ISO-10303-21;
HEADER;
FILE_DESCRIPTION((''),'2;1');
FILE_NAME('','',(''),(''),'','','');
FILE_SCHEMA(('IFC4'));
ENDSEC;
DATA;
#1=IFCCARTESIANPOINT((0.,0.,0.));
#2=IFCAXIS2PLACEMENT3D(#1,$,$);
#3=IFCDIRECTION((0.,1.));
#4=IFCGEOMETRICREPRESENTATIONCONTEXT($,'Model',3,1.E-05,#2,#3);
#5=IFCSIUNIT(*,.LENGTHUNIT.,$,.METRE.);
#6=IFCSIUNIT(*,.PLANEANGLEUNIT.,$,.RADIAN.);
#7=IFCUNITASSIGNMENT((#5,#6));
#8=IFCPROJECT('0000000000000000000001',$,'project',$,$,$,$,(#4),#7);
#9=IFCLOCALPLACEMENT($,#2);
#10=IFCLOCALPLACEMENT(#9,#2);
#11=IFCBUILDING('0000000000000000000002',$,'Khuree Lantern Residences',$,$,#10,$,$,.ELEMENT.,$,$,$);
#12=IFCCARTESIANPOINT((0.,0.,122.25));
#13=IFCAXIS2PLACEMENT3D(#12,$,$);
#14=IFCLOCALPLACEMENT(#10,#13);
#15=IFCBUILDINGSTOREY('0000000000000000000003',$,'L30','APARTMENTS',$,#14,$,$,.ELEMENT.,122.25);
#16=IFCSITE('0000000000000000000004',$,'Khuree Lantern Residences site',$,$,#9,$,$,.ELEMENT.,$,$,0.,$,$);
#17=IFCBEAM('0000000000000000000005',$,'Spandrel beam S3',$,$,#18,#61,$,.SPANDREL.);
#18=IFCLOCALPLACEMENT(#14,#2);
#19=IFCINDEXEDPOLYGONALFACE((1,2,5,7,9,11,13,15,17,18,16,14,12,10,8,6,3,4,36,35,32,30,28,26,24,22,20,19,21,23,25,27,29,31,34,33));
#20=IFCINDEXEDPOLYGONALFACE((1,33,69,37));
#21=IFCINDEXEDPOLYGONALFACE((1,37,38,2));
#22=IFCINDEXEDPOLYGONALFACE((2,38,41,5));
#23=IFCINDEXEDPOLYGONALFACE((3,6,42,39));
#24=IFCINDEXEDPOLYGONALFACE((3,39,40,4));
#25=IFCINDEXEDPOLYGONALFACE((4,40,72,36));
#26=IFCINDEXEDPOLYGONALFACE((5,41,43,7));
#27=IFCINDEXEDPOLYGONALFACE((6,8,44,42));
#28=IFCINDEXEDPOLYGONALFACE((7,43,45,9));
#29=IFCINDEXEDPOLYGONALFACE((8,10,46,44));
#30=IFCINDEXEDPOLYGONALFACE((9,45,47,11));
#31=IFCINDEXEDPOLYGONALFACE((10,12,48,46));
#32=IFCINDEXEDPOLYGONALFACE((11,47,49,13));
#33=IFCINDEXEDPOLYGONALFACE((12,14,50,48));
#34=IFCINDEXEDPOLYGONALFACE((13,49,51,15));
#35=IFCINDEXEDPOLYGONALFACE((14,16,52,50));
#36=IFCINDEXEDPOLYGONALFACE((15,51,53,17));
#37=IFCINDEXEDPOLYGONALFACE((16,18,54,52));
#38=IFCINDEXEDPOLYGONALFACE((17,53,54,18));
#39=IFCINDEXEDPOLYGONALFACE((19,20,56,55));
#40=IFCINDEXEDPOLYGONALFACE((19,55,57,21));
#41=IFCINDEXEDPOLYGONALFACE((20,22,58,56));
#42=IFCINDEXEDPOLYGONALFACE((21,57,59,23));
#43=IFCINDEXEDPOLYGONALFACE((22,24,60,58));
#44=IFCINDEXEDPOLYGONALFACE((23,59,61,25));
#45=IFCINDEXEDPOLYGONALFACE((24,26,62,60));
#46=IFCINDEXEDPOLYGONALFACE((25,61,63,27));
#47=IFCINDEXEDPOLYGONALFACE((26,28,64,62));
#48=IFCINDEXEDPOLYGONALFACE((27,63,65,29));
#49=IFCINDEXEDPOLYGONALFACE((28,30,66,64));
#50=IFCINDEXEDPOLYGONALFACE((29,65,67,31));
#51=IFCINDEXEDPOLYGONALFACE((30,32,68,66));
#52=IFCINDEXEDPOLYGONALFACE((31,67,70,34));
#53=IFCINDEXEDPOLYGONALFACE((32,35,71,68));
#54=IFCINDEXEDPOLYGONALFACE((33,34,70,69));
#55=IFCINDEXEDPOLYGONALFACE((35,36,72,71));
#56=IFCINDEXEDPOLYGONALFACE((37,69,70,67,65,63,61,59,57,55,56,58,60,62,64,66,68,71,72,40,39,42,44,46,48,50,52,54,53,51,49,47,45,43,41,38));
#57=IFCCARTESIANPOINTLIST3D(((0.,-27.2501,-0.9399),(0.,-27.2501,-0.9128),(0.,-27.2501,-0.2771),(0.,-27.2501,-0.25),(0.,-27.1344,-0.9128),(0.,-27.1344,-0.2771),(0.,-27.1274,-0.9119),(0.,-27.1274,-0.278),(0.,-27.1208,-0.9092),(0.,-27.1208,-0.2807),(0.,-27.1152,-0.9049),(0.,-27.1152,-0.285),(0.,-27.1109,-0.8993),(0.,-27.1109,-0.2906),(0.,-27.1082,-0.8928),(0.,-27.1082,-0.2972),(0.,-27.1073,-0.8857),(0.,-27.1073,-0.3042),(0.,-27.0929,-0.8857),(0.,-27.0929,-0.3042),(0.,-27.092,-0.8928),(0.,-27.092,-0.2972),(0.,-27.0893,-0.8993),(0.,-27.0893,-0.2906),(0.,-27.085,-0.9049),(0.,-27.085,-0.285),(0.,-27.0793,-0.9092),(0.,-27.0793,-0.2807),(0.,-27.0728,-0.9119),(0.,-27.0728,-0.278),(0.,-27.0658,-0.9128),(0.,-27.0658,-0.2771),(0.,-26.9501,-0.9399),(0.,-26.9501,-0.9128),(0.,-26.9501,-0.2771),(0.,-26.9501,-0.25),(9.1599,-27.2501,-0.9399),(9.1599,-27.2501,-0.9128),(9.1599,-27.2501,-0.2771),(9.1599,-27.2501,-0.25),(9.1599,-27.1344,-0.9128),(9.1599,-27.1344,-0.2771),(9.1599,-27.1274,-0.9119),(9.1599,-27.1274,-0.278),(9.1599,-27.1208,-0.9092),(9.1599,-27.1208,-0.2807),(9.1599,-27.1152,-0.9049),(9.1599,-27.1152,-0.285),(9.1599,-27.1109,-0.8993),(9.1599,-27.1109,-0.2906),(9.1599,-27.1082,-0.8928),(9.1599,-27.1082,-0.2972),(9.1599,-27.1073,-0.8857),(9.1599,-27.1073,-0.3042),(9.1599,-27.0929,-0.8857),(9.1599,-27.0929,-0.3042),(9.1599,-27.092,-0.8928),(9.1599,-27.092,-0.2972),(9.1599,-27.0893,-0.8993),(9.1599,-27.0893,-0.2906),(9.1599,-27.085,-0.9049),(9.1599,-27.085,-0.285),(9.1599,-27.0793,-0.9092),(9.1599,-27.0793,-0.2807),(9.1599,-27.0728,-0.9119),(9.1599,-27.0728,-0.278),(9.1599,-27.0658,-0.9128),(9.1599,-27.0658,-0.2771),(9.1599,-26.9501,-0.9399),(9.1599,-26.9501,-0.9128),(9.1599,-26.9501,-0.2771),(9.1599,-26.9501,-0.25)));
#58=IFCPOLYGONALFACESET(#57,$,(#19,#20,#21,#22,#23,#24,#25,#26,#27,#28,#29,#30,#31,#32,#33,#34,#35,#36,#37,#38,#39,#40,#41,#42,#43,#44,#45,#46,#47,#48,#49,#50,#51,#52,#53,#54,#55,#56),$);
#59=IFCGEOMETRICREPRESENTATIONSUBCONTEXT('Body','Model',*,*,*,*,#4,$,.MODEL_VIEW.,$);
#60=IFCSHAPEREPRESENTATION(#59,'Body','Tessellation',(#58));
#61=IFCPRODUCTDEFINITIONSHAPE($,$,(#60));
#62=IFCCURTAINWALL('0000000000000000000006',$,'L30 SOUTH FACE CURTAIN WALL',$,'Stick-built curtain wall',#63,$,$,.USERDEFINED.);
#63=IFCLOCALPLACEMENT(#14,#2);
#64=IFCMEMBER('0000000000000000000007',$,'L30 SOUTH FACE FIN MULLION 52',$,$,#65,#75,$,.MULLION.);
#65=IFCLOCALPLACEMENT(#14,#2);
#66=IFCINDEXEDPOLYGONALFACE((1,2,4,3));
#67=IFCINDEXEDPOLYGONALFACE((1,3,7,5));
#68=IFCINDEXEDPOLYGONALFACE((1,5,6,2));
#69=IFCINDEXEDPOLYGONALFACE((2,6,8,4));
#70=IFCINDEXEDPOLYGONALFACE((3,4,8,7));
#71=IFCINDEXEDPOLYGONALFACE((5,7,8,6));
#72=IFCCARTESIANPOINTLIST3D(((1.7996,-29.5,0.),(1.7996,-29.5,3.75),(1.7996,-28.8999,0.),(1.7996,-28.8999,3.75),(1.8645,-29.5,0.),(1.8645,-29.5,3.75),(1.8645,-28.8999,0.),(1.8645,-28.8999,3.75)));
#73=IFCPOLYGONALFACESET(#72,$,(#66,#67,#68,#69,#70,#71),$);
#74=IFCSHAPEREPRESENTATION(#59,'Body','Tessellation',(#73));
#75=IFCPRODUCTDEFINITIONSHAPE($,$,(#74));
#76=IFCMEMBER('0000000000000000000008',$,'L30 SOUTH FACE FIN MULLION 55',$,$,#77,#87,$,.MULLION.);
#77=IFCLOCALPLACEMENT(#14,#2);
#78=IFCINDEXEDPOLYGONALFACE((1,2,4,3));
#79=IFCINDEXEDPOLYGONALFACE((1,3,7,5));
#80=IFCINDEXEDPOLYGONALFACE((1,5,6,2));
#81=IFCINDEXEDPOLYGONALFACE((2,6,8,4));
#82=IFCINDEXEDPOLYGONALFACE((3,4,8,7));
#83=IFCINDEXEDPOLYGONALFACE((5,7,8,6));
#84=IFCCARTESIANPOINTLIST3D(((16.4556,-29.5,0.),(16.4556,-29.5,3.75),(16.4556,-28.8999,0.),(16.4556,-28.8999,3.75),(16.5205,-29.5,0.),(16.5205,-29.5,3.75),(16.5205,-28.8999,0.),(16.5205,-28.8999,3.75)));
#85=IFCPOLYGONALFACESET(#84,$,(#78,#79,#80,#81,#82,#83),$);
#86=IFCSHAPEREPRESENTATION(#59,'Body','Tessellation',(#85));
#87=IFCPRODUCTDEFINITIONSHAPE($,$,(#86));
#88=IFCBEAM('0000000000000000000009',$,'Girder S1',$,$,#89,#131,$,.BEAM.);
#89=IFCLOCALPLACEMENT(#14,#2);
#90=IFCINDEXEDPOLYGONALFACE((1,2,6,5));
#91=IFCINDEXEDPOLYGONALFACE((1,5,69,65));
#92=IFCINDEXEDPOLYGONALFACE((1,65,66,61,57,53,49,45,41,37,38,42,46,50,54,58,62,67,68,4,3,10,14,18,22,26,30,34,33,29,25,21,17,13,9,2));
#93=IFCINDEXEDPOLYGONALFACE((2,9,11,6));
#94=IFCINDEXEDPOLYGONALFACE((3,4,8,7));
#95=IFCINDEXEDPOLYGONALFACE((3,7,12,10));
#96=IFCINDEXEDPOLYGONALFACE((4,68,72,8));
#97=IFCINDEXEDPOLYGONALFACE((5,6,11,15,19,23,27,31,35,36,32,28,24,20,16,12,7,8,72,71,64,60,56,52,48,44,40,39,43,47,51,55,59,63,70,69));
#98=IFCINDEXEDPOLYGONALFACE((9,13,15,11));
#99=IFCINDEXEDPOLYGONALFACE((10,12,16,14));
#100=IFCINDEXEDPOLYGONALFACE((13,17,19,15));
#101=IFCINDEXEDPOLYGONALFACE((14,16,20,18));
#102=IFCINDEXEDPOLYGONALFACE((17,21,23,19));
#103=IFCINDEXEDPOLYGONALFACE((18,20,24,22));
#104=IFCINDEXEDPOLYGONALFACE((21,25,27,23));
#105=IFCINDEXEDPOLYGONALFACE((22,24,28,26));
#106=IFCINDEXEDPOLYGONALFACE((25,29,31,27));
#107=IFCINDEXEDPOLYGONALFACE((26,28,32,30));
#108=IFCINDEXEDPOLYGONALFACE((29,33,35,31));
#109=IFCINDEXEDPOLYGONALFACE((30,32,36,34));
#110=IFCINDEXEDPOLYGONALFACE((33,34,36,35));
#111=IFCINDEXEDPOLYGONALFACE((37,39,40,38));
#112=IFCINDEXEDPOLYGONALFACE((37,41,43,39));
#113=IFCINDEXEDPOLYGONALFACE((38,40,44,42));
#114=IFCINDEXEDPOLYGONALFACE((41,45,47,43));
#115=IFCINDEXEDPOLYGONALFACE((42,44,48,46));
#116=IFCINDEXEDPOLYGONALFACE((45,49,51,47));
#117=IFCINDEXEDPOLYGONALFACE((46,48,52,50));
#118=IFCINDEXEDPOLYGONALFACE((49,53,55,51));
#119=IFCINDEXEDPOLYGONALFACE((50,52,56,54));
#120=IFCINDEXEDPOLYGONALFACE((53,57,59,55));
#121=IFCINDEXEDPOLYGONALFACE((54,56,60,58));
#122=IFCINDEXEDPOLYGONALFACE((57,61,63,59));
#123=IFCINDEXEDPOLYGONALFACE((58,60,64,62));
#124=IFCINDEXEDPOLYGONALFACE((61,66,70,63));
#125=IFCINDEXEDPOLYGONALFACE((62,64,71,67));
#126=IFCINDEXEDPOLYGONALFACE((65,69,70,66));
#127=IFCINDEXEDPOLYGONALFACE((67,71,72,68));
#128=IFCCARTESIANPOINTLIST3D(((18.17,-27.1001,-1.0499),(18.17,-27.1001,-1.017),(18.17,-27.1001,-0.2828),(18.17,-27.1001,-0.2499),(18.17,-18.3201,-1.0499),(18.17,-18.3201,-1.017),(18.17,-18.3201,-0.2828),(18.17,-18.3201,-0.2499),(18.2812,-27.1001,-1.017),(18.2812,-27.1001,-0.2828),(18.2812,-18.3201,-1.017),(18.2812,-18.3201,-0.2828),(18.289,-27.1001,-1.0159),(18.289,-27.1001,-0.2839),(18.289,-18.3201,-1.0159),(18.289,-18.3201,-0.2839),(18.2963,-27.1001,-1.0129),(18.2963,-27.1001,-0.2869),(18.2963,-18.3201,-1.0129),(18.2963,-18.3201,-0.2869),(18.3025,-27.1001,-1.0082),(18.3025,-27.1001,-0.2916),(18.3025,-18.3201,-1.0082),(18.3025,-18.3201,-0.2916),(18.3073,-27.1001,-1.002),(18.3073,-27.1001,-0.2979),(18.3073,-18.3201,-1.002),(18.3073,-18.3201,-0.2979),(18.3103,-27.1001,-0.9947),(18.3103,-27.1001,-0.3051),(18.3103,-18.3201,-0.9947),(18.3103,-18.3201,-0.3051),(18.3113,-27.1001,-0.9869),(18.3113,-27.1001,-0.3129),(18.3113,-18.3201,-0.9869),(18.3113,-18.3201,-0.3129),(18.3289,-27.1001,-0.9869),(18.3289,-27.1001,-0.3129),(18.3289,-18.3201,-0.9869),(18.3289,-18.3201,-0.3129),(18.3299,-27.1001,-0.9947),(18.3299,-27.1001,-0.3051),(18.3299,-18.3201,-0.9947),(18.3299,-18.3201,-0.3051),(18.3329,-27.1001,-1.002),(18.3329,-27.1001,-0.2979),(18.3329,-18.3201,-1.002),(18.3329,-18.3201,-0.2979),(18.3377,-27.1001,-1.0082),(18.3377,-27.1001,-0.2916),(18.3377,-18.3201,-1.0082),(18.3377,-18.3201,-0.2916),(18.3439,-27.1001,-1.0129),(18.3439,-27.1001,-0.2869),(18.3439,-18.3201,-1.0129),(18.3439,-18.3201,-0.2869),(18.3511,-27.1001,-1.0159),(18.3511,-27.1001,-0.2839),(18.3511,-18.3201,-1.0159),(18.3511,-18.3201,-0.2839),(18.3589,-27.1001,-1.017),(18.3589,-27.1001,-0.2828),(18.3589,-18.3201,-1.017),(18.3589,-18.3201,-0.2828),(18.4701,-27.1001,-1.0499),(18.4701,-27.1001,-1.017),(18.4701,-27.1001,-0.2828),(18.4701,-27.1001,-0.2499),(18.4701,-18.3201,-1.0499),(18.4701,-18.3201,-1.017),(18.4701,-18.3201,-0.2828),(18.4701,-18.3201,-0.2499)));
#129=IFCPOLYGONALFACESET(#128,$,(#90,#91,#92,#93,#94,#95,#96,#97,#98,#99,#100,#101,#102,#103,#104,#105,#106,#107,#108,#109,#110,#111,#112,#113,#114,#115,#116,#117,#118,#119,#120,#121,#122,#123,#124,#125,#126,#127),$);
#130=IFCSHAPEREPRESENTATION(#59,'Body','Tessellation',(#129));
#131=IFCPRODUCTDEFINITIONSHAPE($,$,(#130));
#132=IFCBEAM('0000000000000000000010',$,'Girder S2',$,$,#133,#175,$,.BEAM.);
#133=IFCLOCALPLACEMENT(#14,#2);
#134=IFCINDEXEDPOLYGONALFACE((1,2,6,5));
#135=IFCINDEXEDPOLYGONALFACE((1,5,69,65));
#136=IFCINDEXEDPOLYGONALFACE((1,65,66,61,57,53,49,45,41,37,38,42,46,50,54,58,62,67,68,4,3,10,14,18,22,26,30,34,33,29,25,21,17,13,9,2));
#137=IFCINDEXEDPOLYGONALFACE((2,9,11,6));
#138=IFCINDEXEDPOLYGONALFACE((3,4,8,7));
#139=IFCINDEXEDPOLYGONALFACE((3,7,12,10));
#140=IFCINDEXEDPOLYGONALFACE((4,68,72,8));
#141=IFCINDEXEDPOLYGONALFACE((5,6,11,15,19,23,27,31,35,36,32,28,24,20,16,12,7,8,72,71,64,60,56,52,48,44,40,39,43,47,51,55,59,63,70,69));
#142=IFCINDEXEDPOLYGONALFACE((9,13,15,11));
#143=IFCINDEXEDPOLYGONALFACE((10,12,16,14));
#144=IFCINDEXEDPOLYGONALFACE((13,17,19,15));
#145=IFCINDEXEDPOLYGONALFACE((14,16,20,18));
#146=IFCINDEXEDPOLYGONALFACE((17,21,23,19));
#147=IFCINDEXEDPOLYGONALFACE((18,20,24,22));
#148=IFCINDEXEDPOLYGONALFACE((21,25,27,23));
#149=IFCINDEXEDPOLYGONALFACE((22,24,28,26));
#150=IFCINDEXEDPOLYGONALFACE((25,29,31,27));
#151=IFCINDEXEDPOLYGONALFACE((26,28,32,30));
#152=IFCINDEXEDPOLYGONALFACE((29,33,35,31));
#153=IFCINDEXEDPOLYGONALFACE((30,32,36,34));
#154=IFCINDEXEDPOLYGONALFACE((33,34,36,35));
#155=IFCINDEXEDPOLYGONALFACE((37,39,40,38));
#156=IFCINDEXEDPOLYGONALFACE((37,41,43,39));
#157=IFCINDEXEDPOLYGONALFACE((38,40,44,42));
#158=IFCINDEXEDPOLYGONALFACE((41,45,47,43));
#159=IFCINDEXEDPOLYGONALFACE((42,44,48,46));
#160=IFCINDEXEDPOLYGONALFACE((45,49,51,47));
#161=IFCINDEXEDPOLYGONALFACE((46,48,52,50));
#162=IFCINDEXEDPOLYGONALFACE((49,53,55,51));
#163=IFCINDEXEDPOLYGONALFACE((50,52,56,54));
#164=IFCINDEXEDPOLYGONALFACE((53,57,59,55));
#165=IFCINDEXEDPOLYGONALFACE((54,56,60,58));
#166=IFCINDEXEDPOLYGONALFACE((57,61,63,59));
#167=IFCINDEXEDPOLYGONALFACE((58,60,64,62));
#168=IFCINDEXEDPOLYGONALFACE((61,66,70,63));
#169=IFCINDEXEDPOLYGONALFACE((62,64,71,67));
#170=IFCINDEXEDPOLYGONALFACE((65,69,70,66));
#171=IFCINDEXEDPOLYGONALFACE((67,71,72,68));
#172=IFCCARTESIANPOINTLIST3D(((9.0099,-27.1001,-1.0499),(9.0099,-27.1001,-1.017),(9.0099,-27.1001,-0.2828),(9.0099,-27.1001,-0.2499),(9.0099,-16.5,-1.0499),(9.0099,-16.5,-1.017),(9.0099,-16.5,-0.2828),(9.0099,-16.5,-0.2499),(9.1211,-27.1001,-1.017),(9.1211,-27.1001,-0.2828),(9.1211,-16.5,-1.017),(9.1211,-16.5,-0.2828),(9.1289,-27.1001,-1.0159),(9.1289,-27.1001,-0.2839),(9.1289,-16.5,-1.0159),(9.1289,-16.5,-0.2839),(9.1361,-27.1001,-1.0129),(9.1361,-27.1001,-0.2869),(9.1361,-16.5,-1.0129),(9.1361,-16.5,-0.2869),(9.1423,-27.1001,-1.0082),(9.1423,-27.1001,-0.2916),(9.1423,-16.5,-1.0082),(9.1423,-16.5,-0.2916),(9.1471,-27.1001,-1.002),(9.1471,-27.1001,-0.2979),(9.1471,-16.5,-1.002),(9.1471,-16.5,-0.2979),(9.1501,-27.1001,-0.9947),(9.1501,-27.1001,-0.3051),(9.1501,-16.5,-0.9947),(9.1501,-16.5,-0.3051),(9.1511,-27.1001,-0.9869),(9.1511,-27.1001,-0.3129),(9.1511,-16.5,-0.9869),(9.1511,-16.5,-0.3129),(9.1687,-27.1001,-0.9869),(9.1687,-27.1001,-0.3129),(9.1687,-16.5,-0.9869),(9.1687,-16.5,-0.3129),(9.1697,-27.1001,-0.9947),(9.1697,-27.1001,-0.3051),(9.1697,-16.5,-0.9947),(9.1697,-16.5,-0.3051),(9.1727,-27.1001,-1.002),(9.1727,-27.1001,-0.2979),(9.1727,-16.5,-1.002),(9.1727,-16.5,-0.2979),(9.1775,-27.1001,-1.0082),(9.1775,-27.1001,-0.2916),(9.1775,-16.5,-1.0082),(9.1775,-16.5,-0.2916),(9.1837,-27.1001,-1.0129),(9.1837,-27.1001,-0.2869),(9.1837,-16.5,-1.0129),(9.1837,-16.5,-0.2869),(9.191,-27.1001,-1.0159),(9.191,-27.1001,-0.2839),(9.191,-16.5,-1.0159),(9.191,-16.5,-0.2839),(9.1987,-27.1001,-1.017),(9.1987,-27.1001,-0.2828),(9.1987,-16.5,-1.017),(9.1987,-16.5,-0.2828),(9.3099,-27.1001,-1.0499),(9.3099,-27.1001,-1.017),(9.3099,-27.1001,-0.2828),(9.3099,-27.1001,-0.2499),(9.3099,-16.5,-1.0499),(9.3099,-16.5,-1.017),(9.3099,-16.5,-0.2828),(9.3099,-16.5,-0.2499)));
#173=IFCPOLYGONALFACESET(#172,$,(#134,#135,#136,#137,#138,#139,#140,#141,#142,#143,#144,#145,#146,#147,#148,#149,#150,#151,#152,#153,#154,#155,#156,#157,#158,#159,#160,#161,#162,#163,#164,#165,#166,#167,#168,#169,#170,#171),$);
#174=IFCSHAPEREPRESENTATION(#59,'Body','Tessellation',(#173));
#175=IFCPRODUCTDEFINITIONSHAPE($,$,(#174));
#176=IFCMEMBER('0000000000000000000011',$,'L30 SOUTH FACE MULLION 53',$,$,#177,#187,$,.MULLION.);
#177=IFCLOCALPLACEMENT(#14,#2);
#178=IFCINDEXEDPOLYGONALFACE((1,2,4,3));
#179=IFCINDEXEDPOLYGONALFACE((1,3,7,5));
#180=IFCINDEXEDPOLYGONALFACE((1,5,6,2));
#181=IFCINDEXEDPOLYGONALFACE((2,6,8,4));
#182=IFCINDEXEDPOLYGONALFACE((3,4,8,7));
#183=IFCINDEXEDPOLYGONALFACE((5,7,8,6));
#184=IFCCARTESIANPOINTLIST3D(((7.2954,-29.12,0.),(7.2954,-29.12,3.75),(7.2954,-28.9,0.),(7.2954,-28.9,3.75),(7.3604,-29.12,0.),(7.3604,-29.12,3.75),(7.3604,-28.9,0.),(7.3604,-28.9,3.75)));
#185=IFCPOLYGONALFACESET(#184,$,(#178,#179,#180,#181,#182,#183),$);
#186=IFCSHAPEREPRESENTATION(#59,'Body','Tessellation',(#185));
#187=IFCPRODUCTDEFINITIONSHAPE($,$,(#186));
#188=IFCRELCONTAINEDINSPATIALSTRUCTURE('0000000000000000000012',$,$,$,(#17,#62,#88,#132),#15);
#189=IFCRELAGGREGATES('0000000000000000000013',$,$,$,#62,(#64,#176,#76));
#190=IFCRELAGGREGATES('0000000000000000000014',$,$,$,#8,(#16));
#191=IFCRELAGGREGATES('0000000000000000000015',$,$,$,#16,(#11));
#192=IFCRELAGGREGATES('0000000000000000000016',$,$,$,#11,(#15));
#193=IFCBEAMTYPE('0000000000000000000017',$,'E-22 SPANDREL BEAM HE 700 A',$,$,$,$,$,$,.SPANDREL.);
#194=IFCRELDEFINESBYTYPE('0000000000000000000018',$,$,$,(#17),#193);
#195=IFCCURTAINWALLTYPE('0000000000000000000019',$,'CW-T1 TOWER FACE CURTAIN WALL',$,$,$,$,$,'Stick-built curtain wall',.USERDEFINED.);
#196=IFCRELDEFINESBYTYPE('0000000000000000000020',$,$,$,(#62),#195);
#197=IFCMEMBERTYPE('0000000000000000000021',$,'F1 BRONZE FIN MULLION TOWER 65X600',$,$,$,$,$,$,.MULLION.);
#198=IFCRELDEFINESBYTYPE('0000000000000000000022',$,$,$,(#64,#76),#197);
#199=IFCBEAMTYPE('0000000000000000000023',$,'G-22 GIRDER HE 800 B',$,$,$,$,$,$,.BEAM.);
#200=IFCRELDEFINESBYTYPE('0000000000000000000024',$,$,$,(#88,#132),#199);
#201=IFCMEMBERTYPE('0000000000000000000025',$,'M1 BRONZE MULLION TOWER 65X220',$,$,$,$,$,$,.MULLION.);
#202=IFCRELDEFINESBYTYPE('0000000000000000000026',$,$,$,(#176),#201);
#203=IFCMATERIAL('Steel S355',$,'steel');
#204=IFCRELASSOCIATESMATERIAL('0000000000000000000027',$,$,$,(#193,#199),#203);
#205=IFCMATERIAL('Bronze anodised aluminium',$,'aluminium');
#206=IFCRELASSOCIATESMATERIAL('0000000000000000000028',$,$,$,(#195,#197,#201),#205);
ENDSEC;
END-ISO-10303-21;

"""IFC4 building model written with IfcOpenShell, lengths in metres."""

from ifc_helpers import new_model, si_unit, direction, frame, origin, origin_2d, place, context, subcontext, project, spatial, rectangle, i_section, extrude, material, material_profile, profile_set, type_object, element, aggregate, save


model = new_model("IFC4")

# Units and contexts
model_context = context("Model", 3, precision=1e-05, world=origin(), true_north=direction((0.0, 1.0)))
body_context = subcontext(model_context, "Body", "Model", "MODEL_VIEW")
ifc_project = project(units=[si_unit("LENGTHUNIT", "METRE"), si_unit("PLANEANGLEUNIT", "RADIAN")], contexts=[model_context])

# Site, building, storey
site_placement = place(None, origin())
site = spatial("IfcSite", under=ifc_project, at=site_placement, Name="Khuree Lantern Residences site", CompositionType="ELEMENT", RefElevation=0.0)
building_placement = place(site_placement, origin())
building = spatial("IfcBuilding", under=site, at=building_placement, Name="Khuree Lantern Residences", CompositionType="ELEMENT")
storey_placement = place(building_placement, frame((0.0, 0.0, 122.25)))
storey = spatial("IfcBuildingStorey", under=building, at=storey_placement, Name="L30", Description="APARTMENTS", CompositionType="ELEMENT", Elevation=122.25)

# Beam
ifc_material_1 = material(Name="Steel S355", Category="steel")
ifc_material_profile_1 = material_profile(ifc_material_1, i_section(OverallWidth=0.3, OverallDepth=0.6899, WebThickness=0.0144, FlangeThickness=0.0271, FilletRadius=0.0271, at=origin_2d()), Name="HE 700 A")
ifc_profile_set_1 = profile_set([ifc_material_profile_1], Name="Steel S355")
beam_type_1 = type_object("IfcBeamType", Name="E-22 SPANDREL BEAM HE 700 A", PredefinedType="SPANDREL", material=ifc_profile_set_1)
beam_1_placement = place(storey_placement, frame((9.1599, -27.1001, -0.595), z_axis=(-1.0, 0.0, 0.0), x_axis=(0.0, -1.0, 0.0)))
element("IfcBeam", 1, at=beam_1_placement, inside=storey, type_object=beam_type_1, Name="Spandrel beam S3", PredefinedType="SPANDREL", context=body_context, shape_type="SweptSolid", body=[
    extrude(i_section(OverallWidth=0.3, OverallDepth=0.6899, WebThickness=0.0144, FlangeThickness=0.0271, FilletRadius=0.0271, at=origin_2d()), origin(), (0.0, 0.0, 1.0), 9.1599),
])

# Curtain wall, members
ifc_material_2 = material(Name="Bronze anodised aluminium", Category="aluminium")
curtain_wall_type = type_object("IfcCurtainWallType", Name="CW-T1 TOWER FACE CURTAIN WALL", ElementType="Stick-built curtain wall", PredefinedType="USERDEFINED", material=ifc_material_2)
curtain_wall_placement = place(storey_placement, origin())
curtain_wall = element("IfcCurtainWall", 2, at=curtain_wall_placement, inside=storey, type_object=curtain_wall_type, Name="L30 SOUTH FACE CURTAIN WALL", ObjectType="Stick-built curtain wall", PredefinedType="USERDEFINED")
ifc_material_profile_2 = material_profile(ifc_material_2, rectangle(XDim=0.0649, YDim=0.6001, at=origin_2d()), Name="F1 65X600")
ifc_profile_set_2 = profile_set([ifc_material_profile_2], Name="Bronze anodised aluminium")
member_type_1 = type_object("IfcMemberType", Name="F1 BRONZE FIN MULLION TOWER 65X600", PredefinedType="MULLION", material=ifc_profile_set_2)
member_1_placement = place(storey_placement, frame((1.832, -29.2, 0.0), z_axis=(0.0, 0.0, 1.0), x_axis=(1.0, 0.0, 0.0)))
member_1 = element("IfcMember", 3, at=member_1_placement, type_object=member_type_1, Name="L30 SOUTH FACE FIN MULLION 52", PredefinedType="MULLION", context=body_context, shape_type="SweptSolid", body=[
    extrude(rectangle(XDim=0.0649, YDim=0.6001, at=origin_2d()), origin(), (0.0, 0.0, 1.0), 3.75),
])
member_2_placement = place(storey_placement, frame((16.488, -29.2, 0.0), z_axis=(0.0, 0.0, 1.0), x_axis=(1.0, 0.0, 0.0)))
member_2 = element("IfcMember", 4, at=member_2_placement, type_object=member_type_1, Name="L30 SOUTH FACE FIN MULLION 55", PredefinedType="MULLION", context=body_context, shape_type="SweptSolid", body=[
    extrude(rectangle(XDim=0.0649, YDim=0.6001, at=origin_2d()), origin(), (0.0, 0.0, 1.0), 3.75),
])

# Beams
ifc_material_profile_3 = material_profile(ifc_material_1, i_section(OverallWidth=0.3, OverallDepth=0.8, WebThickness=0.0176, FlangeThickness=0.033, FilletRadius=0.03, at=origin_2d()), Name="HE 800 B")
ifc_profile_set_3 = profile_set([ifc_material_profile_3], Name="Steel S355")
beam_type_2 = type_object("IfcBeamType", Name="G-22 GIRDER HE 800 B", PredefinedType="BEAM", material=ifc_profile_set_3)
beam_2_placement = place(storey_placement, frame((18.3201, -27.1001, -0.6499), z_axis=(0.0, 1.0, 0.0), x_axis=(-1.0, 0.0, 0.0)))
element("IfcBeam", 5, at=beam_2_placement, inside=storey, type_object=beam_type_2, Name="Girder S1", PredefinedType="BEAM", context=body_context, shape_type="SweptSolid", body=[
    extrude(i_section(OverallWidth=0.3, OverallDepth=0.8, WebThickness=0.0176, FlangeThickness=0.033, FilletRadius=0.03, at=origin_2d()), origin(), (0.0, 0.0, 1.0), 8.78),
])
beam_3_placement = place(storey_placement, frame((9.1599, -27.1001, -0.6499), z_axis=(0.0, 1.0, 0.0), x_axis=(-1.0, 0.0, 0.0)))
element("IfcBeam", 6, at=beam_3_placement, inside=storey, type_object=beam_type_2, Name="Girder S2", PredefinedType="BEAM", context=body_context, shape_type="SweptSolid", body=[
    extrude(i_section(OverallWidth=0.3, OverallDepth=0.8, WebThickness=0.0176, FlangeThickness=0.033, FilletRadius=0.03, at=origin_2d()), origin(), (0.0, 0.0, 1.0), 10.6001),
])

# Member
ifc_material_profile_4 = material_profile(ifc_material_2, rectangle(XDim=0.0649, YDim=0.22, at=origin_2d()), Name="M1 65X220")
ifc_profile_set_4 = profile_set([ifc_material_profile_4], Name="Bronze anodised aluminium")
member_type_2 = type_object("IfcMemberType", Name="M1 BRONZE MULLION TOWER 65X220", PredefinedType="MULLION", material=ifc_profile_set_4)
member_3_placement = place(storey_placement, frame((7.3279, -29.01, 0.0), z_axis=(0.0, 0.0, 1.0), x_axis=(1.0, 0.0, 0.0)))
member_3 = element("IfcMember", 7, at=member_3_placement, type_object=member_type_2, Name="L30 SOUTH FACE MULLION 53", PredefinedType="MULLION", context=body_context, shape_type="SweptSolid", body=[
    extrude(rectangle(XDim=0.0649, YDim=0.22, at=origin_2d()), origin(), (0.0, 0.0, 1.0), 3.75),
])

aggregate(curtain_wall, [member_1, member_3, member_2])

save(model, "model.ifc")
